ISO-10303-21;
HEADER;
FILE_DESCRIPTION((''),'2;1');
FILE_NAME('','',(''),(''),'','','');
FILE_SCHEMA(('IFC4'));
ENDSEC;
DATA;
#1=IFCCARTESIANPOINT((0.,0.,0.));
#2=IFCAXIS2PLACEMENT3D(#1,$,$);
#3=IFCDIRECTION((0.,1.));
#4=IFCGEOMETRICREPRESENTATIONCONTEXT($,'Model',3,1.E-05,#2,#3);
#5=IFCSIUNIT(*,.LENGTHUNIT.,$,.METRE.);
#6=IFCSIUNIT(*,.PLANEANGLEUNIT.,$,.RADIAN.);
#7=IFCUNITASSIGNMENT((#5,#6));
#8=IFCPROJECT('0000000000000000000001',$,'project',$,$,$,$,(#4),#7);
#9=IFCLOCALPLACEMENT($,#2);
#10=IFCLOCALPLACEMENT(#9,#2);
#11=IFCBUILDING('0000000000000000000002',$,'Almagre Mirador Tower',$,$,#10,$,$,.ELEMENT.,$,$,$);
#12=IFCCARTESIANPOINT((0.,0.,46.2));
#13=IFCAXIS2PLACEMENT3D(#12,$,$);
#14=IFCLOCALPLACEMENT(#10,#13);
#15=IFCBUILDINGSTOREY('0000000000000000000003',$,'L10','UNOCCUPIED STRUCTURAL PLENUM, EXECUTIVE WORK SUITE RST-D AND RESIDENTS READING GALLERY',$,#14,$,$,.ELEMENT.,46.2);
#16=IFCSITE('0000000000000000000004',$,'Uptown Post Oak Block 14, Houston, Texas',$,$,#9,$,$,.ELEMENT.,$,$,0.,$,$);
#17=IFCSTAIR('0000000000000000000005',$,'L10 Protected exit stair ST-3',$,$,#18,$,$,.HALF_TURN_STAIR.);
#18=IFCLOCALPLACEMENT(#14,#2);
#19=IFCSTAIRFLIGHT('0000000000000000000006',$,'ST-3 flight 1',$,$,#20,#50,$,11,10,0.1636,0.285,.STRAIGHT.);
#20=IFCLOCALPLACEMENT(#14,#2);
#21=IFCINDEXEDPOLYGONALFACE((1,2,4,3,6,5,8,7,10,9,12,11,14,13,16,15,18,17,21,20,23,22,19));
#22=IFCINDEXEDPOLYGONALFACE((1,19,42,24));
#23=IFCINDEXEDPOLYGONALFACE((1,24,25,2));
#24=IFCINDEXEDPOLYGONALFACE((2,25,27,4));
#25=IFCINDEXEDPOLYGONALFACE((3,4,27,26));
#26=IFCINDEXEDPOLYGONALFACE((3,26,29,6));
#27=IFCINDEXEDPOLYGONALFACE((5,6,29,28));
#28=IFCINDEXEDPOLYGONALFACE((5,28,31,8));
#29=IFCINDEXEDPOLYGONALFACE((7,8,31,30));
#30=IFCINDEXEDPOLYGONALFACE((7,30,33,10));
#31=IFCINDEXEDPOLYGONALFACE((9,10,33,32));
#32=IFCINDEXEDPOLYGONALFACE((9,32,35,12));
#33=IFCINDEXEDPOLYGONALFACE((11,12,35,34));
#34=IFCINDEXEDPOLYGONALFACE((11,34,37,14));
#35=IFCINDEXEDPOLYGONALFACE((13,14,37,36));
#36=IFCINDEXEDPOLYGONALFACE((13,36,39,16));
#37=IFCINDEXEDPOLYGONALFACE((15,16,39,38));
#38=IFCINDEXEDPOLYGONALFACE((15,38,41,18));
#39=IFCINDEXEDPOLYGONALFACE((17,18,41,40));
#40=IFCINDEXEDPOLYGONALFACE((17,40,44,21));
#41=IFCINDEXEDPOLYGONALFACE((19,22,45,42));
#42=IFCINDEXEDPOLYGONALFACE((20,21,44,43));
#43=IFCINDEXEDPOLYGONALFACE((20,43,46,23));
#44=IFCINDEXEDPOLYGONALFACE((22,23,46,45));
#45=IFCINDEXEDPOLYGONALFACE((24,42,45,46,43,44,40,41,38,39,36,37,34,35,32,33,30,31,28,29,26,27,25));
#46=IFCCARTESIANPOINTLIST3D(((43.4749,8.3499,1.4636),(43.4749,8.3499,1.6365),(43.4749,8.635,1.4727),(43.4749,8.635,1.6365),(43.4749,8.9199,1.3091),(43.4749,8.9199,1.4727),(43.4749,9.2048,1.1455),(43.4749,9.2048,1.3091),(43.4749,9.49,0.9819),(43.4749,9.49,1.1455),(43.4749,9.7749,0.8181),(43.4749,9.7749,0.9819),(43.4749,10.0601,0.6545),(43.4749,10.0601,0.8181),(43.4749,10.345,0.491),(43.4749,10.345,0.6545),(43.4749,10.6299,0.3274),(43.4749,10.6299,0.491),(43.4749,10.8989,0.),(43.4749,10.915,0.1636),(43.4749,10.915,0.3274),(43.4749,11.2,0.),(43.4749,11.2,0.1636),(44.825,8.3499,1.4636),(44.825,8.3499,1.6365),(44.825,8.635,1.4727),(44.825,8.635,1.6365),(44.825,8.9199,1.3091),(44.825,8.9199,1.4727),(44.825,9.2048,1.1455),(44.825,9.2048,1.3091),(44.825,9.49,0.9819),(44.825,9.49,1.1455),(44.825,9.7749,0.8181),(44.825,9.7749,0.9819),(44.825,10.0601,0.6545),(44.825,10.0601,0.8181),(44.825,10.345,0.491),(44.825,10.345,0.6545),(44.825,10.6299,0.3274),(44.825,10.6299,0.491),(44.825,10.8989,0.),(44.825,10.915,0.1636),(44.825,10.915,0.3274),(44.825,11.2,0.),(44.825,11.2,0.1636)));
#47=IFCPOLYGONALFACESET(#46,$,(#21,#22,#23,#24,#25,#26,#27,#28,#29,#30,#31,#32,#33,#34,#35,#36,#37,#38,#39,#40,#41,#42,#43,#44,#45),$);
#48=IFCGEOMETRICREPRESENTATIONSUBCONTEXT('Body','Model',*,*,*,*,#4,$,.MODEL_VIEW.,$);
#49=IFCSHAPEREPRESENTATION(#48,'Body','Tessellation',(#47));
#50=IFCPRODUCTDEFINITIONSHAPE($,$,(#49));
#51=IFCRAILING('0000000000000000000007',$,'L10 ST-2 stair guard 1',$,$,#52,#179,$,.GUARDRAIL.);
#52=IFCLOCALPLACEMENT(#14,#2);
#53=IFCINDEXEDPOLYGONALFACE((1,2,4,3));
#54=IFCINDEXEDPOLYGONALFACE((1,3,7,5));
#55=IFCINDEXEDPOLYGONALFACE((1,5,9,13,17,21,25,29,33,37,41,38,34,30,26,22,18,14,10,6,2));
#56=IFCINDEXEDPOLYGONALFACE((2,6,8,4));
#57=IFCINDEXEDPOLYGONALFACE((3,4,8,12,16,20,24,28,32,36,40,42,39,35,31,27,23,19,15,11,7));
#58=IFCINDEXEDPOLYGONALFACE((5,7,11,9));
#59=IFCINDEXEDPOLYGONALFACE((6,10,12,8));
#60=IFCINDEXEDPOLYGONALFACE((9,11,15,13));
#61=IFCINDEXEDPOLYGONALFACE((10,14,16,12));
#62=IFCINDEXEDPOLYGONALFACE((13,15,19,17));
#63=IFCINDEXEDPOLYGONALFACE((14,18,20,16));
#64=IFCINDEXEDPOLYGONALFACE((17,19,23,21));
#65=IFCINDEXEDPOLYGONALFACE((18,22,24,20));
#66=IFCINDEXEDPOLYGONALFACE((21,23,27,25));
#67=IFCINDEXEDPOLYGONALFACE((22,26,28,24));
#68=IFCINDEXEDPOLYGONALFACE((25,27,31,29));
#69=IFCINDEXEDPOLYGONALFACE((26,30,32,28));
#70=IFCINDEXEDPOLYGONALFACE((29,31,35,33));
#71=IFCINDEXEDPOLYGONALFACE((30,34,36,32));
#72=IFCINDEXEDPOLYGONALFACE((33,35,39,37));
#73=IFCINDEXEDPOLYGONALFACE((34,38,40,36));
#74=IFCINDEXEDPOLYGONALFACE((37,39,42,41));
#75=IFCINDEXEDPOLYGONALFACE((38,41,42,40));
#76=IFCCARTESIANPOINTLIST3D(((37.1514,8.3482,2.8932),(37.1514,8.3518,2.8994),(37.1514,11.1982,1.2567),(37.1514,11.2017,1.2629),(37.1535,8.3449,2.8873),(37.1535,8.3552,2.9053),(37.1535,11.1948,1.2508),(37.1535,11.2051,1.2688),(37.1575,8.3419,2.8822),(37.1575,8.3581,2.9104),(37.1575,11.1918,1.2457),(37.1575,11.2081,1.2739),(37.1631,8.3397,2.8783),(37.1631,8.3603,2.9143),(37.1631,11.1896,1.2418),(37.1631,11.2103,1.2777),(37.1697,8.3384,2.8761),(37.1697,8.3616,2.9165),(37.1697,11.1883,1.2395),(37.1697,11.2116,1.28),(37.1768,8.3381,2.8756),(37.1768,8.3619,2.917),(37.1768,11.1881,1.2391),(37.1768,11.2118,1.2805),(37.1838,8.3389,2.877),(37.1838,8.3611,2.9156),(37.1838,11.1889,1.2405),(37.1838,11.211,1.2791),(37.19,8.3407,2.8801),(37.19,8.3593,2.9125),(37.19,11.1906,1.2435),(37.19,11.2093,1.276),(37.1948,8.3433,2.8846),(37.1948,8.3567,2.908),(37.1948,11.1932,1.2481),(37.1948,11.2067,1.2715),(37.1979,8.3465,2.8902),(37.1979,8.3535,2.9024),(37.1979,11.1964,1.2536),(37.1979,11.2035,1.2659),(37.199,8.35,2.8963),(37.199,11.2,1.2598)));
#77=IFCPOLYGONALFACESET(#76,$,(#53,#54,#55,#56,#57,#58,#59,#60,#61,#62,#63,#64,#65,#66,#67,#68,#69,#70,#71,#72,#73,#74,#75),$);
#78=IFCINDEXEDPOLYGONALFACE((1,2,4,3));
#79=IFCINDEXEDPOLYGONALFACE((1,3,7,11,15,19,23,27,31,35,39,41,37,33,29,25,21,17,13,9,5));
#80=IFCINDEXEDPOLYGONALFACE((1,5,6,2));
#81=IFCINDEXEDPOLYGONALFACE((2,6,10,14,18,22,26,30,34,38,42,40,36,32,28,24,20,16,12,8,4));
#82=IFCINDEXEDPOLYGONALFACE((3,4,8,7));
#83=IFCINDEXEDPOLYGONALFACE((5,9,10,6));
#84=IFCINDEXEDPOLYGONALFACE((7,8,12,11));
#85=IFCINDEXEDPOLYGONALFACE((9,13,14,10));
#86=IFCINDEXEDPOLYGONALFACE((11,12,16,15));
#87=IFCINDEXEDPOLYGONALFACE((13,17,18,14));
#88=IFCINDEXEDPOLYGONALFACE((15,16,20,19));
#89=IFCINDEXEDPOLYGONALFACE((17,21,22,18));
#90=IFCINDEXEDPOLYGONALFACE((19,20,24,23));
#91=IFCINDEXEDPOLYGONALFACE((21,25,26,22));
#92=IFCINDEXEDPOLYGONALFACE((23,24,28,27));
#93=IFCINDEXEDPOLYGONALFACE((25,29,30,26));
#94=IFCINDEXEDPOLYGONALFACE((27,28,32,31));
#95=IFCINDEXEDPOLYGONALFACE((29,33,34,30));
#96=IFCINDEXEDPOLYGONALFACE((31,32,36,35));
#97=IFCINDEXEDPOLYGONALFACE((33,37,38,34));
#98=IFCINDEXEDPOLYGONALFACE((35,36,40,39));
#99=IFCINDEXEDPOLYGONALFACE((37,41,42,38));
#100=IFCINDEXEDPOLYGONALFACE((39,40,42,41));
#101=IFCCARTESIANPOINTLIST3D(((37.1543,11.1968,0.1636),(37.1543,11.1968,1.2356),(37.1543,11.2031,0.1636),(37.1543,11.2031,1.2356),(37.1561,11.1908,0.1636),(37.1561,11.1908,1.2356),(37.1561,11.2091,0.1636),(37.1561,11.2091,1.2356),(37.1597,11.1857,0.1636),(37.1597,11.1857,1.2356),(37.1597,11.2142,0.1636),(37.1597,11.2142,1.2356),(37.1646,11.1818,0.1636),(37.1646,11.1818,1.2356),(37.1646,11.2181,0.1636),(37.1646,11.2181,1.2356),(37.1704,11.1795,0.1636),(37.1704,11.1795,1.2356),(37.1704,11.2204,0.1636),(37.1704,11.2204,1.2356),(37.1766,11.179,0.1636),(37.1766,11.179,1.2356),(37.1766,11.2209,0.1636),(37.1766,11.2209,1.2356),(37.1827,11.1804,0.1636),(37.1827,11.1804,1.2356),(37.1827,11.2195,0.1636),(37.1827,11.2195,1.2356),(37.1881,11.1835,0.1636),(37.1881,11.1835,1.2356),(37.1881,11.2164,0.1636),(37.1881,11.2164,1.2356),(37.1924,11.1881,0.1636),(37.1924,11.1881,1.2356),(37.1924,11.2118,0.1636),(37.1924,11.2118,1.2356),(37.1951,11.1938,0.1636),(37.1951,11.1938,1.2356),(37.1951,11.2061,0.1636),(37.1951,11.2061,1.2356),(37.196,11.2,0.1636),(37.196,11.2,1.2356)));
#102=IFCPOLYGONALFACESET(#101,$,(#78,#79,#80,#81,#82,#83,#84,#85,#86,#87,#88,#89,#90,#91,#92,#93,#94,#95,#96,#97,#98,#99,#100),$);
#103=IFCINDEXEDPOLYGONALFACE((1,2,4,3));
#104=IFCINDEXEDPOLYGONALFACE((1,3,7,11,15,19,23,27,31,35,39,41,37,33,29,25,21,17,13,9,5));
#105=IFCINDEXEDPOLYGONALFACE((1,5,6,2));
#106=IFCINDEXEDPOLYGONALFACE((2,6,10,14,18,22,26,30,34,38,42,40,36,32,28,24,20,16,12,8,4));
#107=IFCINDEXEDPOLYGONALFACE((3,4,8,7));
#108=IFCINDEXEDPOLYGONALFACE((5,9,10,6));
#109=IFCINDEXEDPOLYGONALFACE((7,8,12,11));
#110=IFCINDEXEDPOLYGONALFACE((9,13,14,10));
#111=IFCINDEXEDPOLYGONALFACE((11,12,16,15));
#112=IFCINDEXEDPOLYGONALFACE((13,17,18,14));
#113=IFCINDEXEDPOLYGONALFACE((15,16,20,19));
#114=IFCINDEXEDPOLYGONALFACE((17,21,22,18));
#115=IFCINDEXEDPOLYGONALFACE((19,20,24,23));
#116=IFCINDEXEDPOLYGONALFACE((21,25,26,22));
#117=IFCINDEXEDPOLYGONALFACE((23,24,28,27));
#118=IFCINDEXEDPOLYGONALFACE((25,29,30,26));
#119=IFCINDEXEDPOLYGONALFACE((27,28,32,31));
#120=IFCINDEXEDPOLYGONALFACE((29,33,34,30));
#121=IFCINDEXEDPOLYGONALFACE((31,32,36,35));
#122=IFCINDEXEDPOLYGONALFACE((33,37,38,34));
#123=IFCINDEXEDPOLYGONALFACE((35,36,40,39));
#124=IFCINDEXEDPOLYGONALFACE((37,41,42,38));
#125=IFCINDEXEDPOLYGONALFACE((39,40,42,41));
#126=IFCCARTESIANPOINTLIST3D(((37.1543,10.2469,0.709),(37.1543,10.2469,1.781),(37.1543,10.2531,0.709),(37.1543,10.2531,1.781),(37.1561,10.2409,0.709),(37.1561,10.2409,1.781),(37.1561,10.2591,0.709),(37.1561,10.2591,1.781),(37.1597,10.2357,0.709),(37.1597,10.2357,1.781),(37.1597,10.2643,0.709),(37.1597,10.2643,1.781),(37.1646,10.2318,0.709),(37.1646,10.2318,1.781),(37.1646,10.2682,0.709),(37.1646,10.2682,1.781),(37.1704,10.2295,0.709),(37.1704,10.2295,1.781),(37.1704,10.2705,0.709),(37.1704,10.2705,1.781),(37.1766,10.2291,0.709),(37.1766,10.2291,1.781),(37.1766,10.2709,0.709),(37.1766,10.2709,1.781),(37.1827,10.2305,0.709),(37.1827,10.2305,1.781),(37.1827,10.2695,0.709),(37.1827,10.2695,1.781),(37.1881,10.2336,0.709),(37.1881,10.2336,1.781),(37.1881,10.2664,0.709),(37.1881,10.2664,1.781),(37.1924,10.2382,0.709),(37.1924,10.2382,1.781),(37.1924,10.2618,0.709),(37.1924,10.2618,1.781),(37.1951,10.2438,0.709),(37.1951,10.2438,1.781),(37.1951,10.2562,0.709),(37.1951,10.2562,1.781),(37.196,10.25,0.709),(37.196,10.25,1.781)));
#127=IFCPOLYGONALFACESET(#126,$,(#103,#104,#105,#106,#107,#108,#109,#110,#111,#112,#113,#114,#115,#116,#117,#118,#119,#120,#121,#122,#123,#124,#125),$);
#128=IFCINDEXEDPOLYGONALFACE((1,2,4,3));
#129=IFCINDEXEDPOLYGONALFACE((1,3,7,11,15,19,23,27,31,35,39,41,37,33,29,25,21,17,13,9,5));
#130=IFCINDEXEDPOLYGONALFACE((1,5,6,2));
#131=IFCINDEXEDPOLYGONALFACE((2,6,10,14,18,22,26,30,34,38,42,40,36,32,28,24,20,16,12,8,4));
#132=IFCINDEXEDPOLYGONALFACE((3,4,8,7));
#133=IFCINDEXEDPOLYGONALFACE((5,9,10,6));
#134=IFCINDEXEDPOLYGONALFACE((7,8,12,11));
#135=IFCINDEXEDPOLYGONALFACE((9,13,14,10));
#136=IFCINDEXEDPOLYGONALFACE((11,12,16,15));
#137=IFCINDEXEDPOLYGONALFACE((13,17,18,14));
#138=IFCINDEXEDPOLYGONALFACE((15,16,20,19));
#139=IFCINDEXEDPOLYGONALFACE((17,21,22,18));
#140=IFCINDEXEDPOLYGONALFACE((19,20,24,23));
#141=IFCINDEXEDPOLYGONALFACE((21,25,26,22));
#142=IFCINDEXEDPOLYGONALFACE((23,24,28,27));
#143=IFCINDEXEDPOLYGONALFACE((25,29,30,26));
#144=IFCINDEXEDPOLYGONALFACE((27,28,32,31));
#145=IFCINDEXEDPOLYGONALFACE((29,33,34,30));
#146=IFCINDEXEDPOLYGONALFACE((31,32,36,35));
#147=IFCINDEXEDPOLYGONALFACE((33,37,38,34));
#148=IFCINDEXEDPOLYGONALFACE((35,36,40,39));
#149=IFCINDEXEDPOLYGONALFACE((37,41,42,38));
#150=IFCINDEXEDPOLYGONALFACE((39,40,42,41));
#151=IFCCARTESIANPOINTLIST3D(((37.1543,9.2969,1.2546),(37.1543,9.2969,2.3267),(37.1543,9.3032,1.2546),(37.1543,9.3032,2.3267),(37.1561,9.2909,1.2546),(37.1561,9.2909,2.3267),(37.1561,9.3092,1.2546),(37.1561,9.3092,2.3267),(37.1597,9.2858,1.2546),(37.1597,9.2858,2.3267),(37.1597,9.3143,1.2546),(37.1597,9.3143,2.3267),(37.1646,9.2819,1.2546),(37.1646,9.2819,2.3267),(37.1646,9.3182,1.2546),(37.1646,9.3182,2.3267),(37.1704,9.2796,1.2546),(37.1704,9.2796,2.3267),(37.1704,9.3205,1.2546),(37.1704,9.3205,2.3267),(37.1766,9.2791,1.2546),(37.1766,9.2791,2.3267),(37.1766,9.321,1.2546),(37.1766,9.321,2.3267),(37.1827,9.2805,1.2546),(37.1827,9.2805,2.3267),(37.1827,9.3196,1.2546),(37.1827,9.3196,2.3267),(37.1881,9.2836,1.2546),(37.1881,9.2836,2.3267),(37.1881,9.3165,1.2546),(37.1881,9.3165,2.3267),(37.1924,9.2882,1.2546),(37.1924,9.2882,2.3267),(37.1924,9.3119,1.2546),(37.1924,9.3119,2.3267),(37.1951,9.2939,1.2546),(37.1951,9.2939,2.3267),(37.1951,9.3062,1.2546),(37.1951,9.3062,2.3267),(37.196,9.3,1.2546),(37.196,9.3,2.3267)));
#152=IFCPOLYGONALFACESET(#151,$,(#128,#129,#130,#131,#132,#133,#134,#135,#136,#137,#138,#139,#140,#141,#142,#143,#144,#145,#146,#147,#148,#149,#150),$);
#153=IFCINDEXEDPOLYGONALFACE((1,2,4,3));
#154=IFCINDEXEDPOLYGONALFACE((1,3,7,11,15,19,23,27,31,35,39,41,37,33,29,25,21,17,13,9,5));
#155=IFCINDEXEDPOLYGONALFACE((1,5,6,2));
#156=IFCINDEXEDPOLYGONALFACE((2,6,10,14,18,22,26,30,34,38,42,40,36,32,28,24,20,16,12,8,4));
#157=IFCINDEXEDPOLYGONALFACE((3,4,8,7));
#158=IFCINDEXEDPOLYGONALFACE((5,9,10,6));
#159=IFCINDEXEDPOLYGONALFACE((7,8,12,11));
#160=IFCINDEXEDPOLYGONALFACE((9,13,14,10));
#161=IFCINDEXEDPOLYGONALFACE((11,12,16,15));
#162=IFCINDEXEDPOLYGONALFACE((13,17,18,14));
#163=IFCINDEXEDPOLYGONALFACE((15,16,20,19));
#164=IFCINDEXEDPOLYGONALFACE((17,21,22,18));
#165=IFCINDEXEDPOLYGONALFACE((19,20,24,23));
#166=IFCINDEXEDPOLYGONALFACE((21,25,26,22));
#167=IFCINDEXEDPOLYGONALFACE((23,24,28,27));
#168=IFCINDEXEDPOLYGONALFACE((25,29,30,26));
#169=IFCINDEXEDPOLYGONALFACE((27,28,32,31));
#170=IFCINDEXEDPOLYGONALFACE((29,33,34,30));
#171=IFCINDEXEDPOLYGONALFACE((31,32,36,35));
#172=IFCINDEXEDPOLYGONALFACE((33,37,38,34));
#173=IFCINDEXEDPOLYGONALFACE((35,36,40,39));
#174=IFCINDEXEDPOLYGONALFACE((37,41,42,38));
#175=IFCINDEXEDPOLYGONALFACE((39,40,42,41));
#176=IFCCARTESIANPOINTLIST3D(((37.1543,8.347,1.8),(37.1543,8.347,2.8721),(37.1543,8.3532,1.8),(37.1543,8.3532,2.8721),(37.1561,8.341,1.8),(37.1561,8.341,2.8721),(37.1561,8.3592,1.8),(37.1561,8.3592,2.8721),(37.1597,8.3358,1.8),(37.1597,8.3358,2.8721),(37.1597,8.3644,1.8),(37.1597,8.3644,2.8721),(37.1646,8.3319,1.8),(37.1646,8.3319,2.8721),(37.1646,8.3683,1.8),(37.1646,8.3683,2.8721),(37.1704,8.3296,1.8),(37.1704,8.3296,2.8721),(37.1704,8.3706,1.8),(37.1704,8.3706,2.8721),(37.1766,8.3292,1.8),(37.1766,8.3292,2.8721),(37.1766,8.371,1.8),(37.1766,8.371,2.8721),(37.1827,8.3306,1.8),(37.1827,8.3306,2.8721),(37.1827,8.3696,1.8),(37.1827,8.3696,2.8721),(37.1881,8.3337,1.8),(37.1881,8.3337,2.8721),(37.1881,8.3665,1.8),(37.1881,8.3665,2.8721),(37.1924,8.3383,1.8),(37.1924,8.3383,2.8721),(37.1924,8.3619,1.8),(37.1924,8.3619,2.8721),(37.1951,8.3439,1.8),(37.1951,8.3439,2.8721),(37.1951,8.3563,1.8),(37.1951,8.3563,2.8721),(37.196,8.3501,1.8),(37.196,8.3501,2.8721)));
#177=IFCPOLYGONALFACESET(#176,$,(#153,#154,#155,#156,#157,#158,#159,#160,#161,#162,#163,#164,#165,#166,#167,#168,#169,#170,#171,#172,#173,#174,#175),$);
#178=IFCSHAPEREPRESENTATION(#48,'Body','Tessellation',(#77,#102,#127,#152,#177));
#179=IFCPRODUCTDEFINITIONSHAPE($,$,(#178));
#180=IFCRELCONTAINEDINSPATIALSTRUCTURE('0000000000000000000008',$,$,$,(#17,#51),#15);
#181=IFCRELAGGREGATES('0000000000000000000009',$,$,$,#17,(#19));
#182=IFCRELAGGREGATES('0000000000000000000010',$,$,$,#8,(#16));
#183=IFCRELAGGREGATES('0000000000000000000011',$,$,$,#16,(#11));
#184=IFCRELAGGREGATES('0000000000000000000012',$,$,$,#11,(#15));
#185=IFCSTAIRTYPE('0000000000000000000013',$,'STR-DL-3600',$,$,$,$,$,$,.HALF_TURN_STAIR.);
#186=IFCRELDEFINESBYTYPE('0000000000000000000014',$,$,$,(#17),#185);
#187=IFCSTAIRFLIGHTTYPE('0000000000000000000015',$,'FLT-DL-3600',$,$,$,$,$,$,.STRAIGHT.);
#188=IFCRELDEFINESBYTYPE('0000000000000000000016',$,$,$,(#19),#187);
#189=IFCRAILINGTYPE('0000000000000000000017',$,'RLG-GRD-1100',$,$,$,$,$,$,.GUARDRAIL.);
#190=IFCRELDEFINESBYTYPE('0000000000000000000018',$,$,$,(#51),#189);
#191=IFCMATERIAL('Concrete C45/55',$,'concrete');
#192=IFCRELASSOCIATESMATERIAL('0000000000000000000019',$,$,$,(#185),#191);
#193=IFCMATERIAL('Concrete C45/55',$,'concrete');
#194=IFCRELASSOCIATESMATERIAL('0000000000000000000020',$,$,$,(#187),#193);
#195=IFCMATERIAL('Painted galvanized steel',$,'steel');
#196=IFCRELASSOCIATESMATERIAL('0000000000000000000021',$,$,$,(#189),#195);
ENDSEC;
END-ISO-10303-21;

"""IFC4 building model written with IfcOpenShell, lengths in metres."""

from ifc_helpers import new_model, si_unit, direction, frame, origin, origin_2d, place, context, subcontext, project, spatial, polyline, circle, outline, extrude, material, type_object, element, aggregate, save


model = new_model("IFC4")

# Units and contexts
model_context = context("Model", 3, precision=1e-05, world=origin(), true_north=direction((0.0, 1.0)))
body_context = subcontext(model_context, "Body", "Model", "MODEL_VIEW")
ifc_project = project(units=[si_unit("LENGTHUNIT", "METRE"), si_unit("PLANEANGLEUNIT", "RADIAN")], contexts=[model_context])

# Site, building, storey
site_placement = place(None, origin())
site = spatial("IfcSite", under=ifc_project, at=site_placement, Name="Uptown Post Oak Block 14, Houston, Texas", CompositionType="ELEMENT", RefElevation=0.0)
building_placement = place(site_placement, origin())
building = spatial("IfcBuilding", under=site, at=building_placement, Name="Almagre Mirador Tower", CompositionType="ELEMENT")
storey_placement = place(building_placement, frame((0.0, 0.0, 46.2)))
storey = spatial("IfcBuildingStorey", under=building, at=storey_placement, Name="L10", Description="UNOCCUPIED STRUCTURAL PLENUM, EXECUTIVE WORK SUITE RST-D AND RESIDENTS READING GALLERY", CompositionType="ELEMENT", Elevation=46.2)

# Shared definitions
ifc_material_1 = material(Name="Concrete C45/55", Category="concrete")
stair_type = type_object("IfcStairType", Name="STR-DL-3600", PredefinedType="HALF_TURN_STAIR", material=ifc_material_1)
ifc_material_2 = material(Name="Concrete C45/55", Category="concrete")
stair_flight_type = type_object("IfcStairFlightType", Name="FLT-DL-3600", PredefinedType="STRAIGHT", material=ifc_material_2)

# Stair, stair flight
stair_1_placement = place(storey_placement, origin())
stair_1 = element("IfcStair", 1, at=stair_1_placement, inside=storey, type_object=stair_type, Name="L10 Protected exit stair ST-3", PredefinedType="HALF_TURN_STAIR")
stair_flight_1_placement = place(storey_placement, frame((44.1499, 11.2, 0.0), z_axis=(0.0, 0.0, 1.0), x_axis=(0.0, -1.0, 0.0)))
stair_flight_1 = element("IfcStairFlight", 2, at=stair_flight_1_placement, type_object=stair_flight_type, Name="ST-3 flight 1", NumberOfRisers=11, NumberOfTreads=10, PredefinedType="STRAIGHT", RiserHeight=0.1636, TreadLength=0.285, context=body_context, shape_type="SweptSolid", body=[
    extrude(outline(polyline([(0.0, 0.0), (0.0, 0.1636), (0.2849, 0.1636), (0.2849, 0.3274), (0.5701, 0.3274), (0.5701, 0.491), (0.855, 0.491), (0.855, 0.6545), (1.1399, 0.6545), (1.1399, 0.8181), (1.425, 0.8181), (1.425, 0.9819), (1.71, 0.9819), (1.71, 1.1455), (1.9951, 1.1455), (1.9951, 1.3091), (2.28, 1.3091), (2.28, 1.4727), (2.5649, 1.4727), (2.5649, 1.6365), (2.8501, 1.6365), (2.8501, 1.8), (2.8501, 1.4636), (0.301, 0.0), (0.0, 0.0)])), frame((0.0, 0.675, 0.0), z_axis=(0.0, -1.0, 0.0), x_axis=(1.0, 0.0, 0.0)), (0.0, 0.0, 1.0), 1.3501),
])
aggregate(stair_1, [stair_flight_1])

# Railing
ifc_material_3 = material(Name="Painted galvanized steel", Category="steel")
railing_type_1 = type_object("IfcRailingType", Name="RLG-GRD-1100", PredefinedType="GUARDRAIL", material=ifc_material_3)
railing_1_placement = place(storey_placement, frame((37.175, 11.2, 0.1636)))
element("IfcRailing", 3, at=railing_1_placement, inside=storey, type_object=railing_type_1, Name="L10 ST-2 stair guard 1", PredefinedType="GUARDRAIL", context=body_context, shape_type="SweptSolid", body=[
    extrude(circle(Radius=0.0239, at=origin_2d()), frame((0.0, 0.0, 1.0962), z_axis=(0.0, -0.867194, 0.49797), x_axis=(1.0, 0.0, 0.0)), (0.0, 0.0, 1.0), 3.2864),
    extrude(circle(Radius=0.021, at=origin_2d()), origin(), (0.0, 0.0, 1.0), 1.072),
    extrude(circle(Radius=0.021, at=origin_2d()), frame((0.0, -0.95, 0.5454)), (0.0, 0.0, 1.0), 1.072),
    extrude(circle(Radius=0.021, at=origin_2d()), frame((0.0, -1.8999, 1.0911)), (0.0, 0.0, 1.0), 1.072),
    extrude(circle(Radius=0.021, at=origin_2d()), frame((0.0, -2.8499, 1.6365)), (0.0, 0.0, 1.0), 1.072),
])

save(model, "model.ifc")
